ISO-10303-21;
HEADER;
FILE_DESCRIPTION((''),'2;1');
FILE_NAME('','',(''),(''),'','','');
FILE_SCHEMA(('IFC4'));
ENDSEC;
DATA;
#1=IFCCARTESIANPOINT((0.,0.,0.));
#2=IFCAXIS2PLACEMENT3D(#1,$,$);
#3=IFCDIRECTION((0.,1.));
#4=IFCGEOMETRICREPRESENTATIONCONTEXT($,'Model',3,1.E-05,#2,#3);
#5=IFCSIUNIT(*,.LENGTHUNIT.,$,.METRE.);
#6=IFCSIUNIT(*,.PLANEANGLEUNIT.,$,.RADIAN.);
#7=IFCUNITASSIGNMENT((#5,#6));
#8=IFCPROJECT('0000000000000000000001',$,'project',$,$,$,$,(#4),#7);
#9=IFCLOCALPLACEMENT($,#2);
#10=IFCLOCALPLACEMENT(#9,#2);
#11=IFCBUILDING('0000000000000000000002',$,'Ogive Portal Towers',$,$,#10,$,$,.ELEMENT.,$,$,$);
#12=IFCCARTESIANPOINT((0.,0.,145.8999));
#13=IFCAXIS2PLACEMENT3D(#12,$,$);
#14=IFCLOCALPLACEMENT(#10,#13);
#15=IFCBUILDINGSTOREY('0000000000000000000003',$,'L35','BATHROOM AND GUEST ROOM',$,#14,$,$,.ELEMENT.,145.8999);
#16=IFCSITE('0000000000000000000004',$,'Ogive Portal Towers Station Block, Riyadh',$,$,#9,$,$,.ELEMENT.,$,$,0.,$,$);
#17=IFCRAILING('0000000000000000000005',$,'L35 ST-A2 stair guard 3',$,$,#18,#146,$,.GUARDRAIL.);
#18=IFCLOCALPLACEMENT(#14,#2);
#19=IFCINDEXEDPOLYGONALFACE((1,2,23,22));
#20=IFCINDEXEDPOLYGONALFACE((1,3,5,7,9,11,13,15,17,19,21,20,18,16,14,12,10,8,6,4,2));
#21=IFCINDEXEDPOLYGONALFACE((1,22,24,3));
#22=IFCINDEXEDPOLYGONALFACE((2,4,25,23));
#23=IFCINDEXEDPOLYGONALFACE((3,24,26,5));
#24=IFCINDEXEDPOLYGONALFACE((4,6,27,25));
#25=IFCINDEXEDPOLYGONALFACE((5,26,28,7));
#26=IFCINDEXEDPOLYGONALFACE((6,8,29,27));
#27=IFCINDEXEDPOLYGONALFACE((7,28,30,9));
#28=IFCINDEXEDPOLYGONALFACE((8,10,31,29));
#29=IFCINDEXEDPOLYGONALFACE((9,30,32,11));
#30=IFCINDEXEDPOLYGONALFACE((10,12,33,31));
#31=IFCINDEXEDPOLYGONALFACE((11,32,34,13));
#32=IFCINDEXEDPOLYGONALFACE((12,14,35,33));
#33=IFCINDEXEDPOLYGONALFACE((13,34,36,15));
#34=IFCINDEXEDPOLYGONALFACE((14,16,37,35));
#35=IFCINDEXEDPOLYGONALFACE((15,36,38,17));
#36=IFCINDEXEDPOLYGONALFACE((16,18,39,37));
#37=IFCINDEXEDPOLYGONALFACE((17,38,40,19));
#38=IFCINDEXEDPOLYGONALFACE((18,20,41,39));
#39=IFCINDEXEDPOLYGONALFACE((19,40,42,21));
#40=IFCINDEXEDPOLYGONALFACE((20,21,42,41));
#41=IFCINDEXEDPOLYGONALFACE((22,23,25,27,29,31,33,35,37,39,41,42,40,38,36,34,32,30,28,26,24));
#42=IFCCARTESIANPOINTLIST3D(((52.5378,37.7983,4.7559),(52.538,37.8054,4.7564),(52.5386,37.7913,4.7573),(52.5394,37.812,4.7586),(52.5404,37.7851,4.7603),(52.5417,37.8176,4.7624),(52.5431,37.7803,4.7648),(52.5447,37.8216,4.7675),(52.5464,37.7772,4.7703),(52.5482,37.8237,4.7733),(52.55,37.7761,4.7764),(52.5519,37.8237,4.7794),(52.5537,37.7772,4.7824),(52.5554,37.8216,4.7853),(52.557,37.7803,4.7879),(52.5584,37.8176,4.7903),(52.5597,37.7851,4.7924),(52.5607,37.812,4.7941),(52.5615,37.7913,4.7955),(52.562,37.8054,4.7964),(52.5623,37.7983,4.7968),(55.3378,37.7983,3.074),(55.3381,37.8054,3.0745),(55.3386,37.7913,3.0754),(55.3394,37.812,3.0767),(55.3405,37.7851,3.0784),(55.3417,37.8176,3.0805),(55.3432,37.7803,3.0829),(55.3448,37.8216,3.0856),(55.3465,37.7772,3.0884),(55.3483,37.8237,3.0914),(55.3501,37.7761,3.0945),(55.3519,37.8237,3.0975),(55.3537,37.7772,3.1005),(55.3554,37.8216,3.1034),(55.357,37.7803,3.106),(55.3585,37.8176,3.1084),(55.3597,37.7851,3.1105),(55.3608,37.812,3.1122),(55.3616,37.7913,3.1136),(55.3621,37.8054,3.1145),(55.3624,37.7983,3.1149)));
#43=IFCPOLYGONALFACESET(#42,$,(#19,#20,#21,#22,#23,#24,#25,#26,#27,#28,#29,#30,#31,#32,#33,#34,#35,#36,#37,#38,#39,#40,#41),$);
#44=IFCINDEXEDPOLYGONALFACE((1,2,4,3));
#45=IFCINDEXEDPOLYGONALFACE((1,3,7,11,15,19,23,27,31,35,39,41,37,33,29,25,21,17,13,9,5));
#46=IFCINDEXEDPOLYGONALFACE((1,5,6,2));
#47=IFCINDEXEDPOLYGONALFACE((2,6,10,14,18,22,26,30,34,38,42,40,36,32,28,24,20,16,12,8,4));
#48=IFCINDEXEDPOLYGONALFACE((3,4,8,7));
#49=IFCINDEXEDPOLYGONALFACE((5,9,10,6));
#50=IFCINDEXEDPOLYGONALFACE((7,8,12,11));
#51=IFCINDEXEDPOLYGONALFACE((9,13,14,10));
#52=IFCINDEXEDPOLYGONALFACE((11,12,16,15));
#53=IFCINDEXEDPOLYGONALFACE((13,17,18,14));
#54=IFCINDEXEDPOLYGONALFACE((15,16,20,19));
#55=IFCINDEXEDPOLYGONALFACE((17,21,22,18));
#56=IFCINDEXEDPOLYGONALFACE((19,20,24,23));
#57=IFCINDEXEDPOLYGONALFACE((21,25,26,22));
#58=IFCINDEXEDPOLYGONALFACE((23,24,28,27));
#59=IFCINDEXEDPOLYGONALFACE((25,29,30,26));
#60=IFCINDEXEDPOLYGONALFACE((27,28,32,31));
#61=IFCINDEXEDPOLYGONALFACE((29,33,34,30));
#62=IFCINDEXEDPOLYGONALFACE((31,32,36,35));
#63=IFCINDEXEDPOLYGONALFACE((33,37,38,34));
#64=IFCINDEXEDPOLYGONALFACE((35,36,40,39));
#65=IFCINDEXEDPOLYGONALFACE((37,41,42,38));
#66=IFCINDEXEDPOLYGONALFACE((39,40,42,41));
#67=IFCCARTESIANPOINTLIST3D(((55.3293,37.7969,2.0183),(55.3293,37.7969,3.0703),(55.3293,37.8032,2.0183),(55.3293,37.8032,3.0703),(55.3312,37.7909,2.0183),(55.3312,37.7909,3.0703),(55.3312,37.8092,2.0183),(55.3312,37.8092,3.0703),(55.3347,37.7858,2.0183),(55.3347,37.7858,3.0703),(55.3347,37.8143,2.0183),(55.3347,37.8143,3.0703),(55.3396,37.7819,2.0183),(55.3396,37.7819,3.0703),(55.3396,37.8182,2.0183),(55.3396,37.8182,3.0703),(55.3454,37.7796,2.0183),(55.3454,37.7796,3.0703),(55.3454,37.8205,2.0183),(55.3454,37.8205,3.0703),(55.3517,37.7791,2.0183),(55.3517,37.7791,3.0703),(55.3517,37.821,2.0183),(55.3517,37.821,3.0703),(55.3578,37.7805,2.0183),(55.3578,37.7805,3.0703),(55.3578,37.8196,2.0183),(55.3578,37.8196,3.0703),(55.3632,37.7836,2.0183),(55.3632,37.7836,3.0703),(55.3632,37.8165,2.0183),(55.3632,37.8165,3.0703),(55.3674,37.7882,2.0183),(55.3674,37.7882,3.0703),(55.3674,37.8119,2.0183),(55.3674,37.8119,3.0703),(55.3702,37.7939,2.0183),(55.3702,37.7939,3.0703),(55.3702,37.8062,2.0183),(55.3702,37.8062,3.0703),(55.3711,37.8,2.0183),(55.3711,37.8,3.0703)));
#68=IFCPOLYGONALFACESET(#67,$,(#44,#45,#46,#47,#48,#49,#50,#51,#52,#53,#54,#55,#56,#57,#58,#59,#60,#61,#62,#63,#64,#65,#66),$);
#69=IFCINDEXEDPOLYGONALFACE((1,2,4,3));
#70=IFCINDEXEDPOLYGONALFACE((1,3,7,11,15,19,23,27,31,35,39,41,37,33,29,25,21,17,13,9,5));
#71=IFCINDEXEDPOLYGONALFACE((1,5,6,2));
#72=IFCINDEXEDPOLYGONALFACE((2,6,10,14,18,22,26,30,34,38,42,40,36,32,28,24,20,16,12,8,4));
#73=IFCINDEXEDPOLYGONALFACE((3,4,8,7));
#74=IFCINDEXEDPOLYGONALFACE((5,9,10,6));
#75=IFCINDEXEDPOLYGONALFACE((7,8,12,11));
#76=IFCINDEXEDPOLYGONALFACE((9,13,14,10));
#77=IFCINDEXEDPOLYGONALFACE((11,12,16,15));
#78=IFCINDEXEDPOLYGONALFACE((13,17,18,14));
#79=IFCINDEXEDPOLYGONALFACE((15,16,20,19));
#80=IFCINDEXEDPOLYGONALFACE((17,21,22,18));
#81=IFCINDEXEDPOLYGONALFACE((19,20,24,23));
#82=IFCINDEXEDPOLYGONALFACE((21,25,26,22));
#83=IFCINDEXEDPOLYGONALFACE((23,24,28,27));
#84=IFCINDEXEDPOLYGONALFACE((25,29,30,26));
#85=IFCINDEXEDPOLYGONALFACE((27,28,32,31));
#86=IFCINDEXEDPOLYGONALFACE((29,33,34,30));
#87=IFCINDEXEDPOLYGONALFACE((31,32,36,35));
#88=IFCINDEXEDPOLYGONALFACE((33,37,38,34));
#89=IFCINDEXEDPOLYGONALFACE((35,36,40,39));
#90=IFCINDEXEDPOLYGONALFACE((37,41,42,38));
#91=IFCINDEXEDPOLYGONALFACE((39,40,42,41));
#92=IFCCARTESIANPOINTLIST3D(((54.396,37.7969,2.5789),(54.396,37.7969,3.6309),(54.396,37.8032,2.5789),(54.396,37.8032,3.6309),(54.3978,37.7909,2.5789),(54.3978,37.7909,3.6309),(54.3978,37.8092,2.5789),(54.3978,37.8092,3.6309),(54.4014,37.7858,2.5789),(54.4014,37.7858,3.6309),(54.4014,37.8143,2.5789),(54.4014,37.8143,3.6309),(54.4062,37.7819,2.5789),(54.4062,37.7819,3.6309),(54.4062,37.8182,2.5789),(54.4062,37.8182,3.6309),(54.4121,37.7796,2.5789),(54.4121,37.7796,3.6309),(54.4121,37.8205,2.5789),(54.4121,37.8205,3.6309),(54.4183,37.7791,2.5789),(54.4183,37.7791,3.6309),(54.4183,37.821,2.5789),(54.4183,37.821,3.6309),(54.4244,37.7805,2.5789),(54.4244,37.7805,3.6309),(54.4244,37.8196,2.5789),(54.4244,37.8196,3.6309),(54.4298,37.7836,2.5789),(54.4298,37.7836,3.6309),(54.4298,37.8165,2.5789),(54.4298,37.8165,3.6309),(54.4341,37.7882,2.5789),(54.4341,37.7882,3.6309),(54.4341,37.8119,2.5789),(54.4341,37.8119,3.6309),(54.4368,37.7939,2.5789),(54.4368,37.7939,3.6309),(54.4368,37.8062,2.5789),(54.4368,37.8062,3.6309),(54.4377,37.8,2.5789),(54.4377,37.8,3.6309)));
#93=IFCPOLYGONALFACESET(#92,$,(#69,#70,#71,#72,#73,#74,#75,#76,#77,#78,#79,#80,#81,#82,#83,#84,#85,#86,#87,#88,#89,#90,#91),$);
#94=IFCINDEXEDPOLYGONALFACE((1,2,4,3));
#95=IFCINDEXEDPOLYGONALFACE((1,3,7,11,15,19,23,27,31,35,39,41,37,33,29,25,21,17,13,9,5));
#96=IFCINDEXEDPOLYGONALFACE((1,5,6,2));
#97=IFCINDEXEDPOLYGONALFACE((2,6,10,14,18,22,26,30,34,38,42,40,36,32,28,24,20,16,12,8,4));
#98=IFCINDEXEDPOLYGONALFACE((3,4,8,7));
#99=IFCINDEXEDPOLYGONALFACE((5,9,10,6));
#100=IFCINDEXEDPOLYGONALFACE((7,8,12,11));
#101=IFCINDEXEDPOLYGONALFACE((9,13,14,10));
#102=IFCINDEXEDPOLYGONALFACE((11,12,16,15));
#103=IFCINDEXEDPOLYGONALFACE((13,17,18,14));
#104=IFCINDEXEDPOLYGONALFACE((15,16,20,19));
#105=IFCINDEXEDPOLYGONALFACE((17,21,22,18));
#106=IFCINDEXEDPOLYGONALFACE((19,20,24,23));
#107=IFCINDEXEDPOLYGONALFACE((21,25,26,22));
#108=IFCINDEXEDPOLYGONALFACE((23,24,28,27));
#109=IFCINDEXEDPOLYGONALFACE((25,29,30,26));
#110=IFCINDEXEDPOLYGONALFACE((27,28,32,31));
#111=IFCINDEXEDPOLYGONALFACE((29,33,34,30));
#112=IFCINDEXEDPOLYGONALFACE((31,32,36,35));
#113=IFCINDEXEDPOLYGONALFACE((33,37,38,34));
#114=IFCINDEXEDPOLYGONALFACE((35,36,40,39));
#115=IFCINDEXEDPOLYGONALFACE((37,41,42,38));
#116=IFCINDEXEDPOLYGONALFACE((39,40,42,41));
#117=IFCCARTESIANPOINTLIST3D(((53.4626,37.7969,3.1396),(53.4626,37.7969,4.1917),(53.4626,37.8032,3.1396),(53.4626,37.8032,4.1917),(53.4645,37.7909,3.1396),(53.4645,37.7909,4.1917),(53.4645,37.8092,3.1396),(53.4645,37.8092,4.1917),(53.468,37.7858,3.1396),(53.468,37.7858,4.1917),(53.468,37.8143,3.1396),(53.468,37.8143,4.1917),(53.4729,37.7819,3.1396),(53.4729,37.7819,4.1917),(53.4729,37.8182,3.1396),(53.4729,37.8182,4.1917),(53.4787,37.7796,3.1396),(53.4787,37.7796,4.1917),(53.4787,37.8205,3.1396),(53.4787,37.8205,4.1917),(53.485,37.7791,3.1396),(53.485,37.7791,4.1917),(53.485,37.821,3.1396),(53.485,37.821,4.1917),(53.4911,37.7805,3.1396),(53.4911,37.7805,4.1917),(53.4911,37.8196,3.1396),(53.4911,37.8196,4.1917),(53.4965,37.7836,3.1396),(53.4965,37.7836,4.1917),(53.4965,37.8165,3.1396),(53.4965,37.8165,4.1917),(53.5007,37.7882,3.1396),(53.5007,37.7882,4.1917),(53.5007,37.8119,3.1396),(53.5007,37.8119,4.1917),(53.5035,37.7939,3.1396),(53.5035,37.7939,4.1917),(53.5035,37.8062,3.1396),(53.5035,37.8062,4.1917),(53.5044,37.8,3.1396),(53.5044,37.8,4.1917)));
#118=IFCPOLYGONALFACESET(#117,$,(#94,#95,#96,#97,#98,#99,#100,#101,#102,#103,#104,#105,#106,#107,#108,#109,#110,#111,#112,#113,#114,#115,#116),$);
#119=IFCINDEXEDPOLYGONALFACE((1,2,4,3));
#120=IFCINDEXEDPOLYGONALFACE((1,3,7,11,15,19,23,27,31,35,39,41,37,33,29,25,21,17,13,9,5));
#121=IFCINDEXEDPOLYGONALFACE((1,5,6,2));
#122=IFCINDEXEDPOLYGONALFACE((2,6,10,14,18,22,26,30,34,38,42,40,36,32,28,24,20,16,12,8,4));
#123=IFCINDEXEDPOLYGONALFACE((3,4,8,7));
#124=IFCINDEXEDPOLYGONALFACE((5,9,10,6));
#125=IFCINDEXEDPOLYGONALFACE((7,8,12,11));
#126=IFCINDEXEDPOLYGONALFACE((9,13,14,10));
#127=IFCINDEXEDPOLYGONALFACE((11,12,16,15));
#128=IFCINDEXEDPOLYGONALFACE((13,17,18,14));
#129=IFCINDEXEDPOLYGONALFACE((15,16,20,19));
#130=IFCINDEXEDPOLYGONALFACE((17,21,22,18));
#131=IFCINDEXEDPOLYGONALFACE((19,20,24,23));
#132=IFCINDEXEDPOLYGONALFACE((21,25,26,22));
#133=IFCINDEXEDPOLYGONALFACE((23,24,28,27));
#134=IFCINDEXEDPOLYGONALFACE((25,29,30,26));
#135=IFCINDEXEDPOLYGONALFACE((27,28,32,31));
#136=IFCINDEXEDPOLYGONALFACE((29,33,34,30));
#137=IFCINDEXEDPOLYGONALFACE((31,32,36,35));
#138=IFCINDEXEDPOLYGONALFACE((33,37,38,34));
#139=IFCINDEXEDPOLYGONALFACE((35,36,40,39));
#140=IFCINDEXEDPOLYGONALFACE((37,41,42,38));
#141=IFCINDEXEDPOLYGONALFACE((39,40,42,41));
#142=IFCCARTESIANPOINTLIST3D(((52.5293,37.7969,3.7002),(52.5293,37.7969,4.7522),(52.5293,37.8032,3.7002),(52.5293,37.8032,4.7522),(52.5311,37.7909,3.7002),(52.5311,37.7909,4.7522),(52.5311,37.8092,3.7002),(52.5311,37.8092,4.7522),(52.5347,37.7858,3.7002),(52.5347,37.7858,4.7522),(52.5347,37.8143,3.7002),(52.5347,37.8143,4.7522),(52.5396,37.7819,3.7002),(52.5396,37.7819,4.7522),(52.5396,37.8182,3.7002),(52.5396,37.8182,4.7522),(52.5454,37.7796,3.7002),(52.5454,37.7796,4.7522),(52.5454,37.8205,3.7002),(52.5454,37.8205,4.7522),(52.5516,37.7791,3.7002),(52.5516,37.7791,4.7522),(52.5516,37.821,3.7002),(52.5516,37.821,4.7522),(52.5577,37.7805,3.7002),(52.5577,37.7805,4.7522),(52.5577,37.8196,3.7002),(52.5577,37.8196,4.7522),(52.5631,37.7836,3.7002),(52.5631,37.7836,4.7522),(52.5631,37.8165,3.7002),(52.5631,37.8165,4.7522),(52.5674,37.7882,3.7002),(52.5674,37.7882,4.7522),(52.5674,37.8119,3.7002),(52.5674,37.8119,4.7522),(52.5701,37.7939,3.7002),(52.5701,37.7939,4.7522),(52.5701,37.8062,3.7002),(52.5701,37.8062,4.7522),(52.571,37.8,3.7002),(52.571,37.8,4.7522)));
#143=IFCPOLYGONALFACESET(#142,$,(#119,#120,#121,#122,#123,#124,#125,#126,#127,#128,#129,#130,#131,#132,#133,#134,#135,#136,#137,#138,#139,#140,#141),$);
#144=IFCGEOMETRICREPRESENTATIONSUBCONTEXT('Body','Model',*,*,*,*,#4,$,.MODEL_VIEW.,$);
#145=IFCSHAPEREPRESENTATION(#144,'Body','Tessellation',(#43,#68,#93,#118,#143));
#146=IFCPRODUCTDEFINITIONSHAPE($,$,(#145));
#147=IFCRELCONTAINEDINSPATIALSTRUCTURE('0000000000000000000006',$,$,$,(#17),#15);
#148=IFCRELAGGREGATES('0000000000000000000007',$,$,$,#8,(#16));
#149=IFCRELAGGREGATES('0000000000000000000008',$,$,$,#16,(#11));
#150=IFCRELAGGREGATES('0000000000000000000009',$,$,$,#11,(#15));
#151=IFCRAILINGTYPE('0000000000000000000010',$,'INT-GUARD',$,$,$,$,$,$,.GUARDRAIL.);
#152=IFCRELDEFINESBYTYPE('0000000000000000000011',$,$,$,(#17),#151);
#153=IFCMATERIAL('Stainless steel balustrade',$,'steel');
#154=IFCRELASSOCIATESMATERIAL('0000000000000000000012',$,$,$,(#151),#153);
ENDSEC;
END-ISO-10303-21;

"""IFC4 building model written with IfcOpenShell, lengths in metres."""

from ifc_helpers import new_model, si_unit, direction, frame, origin, origin_2d, place, context, subcontext, project, spatial, circle, extrude, material, type_object, element, save


model = new_model("IFC4")

# Units and contexts
model_context = context("Model", 3, precision=1e-05, world=origin(), true_north=direction((0.0, 1.0)))
body_context = subcontext(model_context, "Body", "Model", "MODEL_VIEW")
ifc_project = project(units=[si_unit("LENGTHUNIT", "METRE"), si_unit("PLANEANGLEUNIT", "RADIAN")], contexts=[model_context])

# Site, building, storey
site_placement = place(None, origin())
site = spatial("IfcSite", under=ifc_project, at=site_placement, Name="Ogive Portal Towers Station Block, Riyadh", CompositionType="ELEMENT", RefElevation=0.0)
building_placement = place(site_placement, origin())
building = spatial("IfcBuilding", under=site, at=building_placement, Name="Ogive Portal Towers", CompositionType="ELEMENT")
storey_placement = place(building_placement, frame((0.0, 0.0, 145.8999)))
storey = spatial("IfcBuildingStorey", under=building, at=storey_placement, Name="L35", Description="BATHROOM AND GUEST ROOM", CompositionType="ELEMENT", Elevation=145.8999)

# Railing
ifc_material_1 = material(Name="Stainless steel balustrade", Category="steel")
railing_type_1 = type_object("IfcRailingType", Name="INT-GUARD", PredefinedType="GUARDRAIL", material=ifc_material_1)
railing_1_placement = place(storey_placement, frame((55.3501, 37.8, 2.0183)))
element("IfcRailing", 1, at=railing_1_placement, inside=storey, type_object=railing_type_1, Name="L35 ST-A2 stair guard 3", PredefinedType="GUARDRAIL", context=body_context, shape_type="SweptSolid", body=[
    extrude(circle(Radius=0.0239, at=origin_2d()), frame((0.0, 0.0, 1.0762), z_axis=(-0.857242, 0.0, 0.514913), x_axis=(0.0, -1.0, 0.0)), (0.0, 0.0, 1.0), 3.2664),
    extrude(circle(Radius=0.021, at=origin_2d()), origin(), (0.0, 0.0, 1.0), 1.052),
    extrude(circle(Radius=0.021, at=origin_2d()), frame((-0.9333, 0.0, 0.5605)), (0.0, 0.0, 1.0), 1.052),
    extrude(circle(Radius=0.021, at=origin_2d()), frame((-1.8667, 0.0, 1.1213)), (0.0, 0.0, 1.0), 1.052),
    extrude(circle(Radius=0.021, at=origin_2d()), frame((-2.8, 0.0, 1.6819)), (0.0, 0.0, 1.0), 1.052),
])

save(model, "model.ifc")
